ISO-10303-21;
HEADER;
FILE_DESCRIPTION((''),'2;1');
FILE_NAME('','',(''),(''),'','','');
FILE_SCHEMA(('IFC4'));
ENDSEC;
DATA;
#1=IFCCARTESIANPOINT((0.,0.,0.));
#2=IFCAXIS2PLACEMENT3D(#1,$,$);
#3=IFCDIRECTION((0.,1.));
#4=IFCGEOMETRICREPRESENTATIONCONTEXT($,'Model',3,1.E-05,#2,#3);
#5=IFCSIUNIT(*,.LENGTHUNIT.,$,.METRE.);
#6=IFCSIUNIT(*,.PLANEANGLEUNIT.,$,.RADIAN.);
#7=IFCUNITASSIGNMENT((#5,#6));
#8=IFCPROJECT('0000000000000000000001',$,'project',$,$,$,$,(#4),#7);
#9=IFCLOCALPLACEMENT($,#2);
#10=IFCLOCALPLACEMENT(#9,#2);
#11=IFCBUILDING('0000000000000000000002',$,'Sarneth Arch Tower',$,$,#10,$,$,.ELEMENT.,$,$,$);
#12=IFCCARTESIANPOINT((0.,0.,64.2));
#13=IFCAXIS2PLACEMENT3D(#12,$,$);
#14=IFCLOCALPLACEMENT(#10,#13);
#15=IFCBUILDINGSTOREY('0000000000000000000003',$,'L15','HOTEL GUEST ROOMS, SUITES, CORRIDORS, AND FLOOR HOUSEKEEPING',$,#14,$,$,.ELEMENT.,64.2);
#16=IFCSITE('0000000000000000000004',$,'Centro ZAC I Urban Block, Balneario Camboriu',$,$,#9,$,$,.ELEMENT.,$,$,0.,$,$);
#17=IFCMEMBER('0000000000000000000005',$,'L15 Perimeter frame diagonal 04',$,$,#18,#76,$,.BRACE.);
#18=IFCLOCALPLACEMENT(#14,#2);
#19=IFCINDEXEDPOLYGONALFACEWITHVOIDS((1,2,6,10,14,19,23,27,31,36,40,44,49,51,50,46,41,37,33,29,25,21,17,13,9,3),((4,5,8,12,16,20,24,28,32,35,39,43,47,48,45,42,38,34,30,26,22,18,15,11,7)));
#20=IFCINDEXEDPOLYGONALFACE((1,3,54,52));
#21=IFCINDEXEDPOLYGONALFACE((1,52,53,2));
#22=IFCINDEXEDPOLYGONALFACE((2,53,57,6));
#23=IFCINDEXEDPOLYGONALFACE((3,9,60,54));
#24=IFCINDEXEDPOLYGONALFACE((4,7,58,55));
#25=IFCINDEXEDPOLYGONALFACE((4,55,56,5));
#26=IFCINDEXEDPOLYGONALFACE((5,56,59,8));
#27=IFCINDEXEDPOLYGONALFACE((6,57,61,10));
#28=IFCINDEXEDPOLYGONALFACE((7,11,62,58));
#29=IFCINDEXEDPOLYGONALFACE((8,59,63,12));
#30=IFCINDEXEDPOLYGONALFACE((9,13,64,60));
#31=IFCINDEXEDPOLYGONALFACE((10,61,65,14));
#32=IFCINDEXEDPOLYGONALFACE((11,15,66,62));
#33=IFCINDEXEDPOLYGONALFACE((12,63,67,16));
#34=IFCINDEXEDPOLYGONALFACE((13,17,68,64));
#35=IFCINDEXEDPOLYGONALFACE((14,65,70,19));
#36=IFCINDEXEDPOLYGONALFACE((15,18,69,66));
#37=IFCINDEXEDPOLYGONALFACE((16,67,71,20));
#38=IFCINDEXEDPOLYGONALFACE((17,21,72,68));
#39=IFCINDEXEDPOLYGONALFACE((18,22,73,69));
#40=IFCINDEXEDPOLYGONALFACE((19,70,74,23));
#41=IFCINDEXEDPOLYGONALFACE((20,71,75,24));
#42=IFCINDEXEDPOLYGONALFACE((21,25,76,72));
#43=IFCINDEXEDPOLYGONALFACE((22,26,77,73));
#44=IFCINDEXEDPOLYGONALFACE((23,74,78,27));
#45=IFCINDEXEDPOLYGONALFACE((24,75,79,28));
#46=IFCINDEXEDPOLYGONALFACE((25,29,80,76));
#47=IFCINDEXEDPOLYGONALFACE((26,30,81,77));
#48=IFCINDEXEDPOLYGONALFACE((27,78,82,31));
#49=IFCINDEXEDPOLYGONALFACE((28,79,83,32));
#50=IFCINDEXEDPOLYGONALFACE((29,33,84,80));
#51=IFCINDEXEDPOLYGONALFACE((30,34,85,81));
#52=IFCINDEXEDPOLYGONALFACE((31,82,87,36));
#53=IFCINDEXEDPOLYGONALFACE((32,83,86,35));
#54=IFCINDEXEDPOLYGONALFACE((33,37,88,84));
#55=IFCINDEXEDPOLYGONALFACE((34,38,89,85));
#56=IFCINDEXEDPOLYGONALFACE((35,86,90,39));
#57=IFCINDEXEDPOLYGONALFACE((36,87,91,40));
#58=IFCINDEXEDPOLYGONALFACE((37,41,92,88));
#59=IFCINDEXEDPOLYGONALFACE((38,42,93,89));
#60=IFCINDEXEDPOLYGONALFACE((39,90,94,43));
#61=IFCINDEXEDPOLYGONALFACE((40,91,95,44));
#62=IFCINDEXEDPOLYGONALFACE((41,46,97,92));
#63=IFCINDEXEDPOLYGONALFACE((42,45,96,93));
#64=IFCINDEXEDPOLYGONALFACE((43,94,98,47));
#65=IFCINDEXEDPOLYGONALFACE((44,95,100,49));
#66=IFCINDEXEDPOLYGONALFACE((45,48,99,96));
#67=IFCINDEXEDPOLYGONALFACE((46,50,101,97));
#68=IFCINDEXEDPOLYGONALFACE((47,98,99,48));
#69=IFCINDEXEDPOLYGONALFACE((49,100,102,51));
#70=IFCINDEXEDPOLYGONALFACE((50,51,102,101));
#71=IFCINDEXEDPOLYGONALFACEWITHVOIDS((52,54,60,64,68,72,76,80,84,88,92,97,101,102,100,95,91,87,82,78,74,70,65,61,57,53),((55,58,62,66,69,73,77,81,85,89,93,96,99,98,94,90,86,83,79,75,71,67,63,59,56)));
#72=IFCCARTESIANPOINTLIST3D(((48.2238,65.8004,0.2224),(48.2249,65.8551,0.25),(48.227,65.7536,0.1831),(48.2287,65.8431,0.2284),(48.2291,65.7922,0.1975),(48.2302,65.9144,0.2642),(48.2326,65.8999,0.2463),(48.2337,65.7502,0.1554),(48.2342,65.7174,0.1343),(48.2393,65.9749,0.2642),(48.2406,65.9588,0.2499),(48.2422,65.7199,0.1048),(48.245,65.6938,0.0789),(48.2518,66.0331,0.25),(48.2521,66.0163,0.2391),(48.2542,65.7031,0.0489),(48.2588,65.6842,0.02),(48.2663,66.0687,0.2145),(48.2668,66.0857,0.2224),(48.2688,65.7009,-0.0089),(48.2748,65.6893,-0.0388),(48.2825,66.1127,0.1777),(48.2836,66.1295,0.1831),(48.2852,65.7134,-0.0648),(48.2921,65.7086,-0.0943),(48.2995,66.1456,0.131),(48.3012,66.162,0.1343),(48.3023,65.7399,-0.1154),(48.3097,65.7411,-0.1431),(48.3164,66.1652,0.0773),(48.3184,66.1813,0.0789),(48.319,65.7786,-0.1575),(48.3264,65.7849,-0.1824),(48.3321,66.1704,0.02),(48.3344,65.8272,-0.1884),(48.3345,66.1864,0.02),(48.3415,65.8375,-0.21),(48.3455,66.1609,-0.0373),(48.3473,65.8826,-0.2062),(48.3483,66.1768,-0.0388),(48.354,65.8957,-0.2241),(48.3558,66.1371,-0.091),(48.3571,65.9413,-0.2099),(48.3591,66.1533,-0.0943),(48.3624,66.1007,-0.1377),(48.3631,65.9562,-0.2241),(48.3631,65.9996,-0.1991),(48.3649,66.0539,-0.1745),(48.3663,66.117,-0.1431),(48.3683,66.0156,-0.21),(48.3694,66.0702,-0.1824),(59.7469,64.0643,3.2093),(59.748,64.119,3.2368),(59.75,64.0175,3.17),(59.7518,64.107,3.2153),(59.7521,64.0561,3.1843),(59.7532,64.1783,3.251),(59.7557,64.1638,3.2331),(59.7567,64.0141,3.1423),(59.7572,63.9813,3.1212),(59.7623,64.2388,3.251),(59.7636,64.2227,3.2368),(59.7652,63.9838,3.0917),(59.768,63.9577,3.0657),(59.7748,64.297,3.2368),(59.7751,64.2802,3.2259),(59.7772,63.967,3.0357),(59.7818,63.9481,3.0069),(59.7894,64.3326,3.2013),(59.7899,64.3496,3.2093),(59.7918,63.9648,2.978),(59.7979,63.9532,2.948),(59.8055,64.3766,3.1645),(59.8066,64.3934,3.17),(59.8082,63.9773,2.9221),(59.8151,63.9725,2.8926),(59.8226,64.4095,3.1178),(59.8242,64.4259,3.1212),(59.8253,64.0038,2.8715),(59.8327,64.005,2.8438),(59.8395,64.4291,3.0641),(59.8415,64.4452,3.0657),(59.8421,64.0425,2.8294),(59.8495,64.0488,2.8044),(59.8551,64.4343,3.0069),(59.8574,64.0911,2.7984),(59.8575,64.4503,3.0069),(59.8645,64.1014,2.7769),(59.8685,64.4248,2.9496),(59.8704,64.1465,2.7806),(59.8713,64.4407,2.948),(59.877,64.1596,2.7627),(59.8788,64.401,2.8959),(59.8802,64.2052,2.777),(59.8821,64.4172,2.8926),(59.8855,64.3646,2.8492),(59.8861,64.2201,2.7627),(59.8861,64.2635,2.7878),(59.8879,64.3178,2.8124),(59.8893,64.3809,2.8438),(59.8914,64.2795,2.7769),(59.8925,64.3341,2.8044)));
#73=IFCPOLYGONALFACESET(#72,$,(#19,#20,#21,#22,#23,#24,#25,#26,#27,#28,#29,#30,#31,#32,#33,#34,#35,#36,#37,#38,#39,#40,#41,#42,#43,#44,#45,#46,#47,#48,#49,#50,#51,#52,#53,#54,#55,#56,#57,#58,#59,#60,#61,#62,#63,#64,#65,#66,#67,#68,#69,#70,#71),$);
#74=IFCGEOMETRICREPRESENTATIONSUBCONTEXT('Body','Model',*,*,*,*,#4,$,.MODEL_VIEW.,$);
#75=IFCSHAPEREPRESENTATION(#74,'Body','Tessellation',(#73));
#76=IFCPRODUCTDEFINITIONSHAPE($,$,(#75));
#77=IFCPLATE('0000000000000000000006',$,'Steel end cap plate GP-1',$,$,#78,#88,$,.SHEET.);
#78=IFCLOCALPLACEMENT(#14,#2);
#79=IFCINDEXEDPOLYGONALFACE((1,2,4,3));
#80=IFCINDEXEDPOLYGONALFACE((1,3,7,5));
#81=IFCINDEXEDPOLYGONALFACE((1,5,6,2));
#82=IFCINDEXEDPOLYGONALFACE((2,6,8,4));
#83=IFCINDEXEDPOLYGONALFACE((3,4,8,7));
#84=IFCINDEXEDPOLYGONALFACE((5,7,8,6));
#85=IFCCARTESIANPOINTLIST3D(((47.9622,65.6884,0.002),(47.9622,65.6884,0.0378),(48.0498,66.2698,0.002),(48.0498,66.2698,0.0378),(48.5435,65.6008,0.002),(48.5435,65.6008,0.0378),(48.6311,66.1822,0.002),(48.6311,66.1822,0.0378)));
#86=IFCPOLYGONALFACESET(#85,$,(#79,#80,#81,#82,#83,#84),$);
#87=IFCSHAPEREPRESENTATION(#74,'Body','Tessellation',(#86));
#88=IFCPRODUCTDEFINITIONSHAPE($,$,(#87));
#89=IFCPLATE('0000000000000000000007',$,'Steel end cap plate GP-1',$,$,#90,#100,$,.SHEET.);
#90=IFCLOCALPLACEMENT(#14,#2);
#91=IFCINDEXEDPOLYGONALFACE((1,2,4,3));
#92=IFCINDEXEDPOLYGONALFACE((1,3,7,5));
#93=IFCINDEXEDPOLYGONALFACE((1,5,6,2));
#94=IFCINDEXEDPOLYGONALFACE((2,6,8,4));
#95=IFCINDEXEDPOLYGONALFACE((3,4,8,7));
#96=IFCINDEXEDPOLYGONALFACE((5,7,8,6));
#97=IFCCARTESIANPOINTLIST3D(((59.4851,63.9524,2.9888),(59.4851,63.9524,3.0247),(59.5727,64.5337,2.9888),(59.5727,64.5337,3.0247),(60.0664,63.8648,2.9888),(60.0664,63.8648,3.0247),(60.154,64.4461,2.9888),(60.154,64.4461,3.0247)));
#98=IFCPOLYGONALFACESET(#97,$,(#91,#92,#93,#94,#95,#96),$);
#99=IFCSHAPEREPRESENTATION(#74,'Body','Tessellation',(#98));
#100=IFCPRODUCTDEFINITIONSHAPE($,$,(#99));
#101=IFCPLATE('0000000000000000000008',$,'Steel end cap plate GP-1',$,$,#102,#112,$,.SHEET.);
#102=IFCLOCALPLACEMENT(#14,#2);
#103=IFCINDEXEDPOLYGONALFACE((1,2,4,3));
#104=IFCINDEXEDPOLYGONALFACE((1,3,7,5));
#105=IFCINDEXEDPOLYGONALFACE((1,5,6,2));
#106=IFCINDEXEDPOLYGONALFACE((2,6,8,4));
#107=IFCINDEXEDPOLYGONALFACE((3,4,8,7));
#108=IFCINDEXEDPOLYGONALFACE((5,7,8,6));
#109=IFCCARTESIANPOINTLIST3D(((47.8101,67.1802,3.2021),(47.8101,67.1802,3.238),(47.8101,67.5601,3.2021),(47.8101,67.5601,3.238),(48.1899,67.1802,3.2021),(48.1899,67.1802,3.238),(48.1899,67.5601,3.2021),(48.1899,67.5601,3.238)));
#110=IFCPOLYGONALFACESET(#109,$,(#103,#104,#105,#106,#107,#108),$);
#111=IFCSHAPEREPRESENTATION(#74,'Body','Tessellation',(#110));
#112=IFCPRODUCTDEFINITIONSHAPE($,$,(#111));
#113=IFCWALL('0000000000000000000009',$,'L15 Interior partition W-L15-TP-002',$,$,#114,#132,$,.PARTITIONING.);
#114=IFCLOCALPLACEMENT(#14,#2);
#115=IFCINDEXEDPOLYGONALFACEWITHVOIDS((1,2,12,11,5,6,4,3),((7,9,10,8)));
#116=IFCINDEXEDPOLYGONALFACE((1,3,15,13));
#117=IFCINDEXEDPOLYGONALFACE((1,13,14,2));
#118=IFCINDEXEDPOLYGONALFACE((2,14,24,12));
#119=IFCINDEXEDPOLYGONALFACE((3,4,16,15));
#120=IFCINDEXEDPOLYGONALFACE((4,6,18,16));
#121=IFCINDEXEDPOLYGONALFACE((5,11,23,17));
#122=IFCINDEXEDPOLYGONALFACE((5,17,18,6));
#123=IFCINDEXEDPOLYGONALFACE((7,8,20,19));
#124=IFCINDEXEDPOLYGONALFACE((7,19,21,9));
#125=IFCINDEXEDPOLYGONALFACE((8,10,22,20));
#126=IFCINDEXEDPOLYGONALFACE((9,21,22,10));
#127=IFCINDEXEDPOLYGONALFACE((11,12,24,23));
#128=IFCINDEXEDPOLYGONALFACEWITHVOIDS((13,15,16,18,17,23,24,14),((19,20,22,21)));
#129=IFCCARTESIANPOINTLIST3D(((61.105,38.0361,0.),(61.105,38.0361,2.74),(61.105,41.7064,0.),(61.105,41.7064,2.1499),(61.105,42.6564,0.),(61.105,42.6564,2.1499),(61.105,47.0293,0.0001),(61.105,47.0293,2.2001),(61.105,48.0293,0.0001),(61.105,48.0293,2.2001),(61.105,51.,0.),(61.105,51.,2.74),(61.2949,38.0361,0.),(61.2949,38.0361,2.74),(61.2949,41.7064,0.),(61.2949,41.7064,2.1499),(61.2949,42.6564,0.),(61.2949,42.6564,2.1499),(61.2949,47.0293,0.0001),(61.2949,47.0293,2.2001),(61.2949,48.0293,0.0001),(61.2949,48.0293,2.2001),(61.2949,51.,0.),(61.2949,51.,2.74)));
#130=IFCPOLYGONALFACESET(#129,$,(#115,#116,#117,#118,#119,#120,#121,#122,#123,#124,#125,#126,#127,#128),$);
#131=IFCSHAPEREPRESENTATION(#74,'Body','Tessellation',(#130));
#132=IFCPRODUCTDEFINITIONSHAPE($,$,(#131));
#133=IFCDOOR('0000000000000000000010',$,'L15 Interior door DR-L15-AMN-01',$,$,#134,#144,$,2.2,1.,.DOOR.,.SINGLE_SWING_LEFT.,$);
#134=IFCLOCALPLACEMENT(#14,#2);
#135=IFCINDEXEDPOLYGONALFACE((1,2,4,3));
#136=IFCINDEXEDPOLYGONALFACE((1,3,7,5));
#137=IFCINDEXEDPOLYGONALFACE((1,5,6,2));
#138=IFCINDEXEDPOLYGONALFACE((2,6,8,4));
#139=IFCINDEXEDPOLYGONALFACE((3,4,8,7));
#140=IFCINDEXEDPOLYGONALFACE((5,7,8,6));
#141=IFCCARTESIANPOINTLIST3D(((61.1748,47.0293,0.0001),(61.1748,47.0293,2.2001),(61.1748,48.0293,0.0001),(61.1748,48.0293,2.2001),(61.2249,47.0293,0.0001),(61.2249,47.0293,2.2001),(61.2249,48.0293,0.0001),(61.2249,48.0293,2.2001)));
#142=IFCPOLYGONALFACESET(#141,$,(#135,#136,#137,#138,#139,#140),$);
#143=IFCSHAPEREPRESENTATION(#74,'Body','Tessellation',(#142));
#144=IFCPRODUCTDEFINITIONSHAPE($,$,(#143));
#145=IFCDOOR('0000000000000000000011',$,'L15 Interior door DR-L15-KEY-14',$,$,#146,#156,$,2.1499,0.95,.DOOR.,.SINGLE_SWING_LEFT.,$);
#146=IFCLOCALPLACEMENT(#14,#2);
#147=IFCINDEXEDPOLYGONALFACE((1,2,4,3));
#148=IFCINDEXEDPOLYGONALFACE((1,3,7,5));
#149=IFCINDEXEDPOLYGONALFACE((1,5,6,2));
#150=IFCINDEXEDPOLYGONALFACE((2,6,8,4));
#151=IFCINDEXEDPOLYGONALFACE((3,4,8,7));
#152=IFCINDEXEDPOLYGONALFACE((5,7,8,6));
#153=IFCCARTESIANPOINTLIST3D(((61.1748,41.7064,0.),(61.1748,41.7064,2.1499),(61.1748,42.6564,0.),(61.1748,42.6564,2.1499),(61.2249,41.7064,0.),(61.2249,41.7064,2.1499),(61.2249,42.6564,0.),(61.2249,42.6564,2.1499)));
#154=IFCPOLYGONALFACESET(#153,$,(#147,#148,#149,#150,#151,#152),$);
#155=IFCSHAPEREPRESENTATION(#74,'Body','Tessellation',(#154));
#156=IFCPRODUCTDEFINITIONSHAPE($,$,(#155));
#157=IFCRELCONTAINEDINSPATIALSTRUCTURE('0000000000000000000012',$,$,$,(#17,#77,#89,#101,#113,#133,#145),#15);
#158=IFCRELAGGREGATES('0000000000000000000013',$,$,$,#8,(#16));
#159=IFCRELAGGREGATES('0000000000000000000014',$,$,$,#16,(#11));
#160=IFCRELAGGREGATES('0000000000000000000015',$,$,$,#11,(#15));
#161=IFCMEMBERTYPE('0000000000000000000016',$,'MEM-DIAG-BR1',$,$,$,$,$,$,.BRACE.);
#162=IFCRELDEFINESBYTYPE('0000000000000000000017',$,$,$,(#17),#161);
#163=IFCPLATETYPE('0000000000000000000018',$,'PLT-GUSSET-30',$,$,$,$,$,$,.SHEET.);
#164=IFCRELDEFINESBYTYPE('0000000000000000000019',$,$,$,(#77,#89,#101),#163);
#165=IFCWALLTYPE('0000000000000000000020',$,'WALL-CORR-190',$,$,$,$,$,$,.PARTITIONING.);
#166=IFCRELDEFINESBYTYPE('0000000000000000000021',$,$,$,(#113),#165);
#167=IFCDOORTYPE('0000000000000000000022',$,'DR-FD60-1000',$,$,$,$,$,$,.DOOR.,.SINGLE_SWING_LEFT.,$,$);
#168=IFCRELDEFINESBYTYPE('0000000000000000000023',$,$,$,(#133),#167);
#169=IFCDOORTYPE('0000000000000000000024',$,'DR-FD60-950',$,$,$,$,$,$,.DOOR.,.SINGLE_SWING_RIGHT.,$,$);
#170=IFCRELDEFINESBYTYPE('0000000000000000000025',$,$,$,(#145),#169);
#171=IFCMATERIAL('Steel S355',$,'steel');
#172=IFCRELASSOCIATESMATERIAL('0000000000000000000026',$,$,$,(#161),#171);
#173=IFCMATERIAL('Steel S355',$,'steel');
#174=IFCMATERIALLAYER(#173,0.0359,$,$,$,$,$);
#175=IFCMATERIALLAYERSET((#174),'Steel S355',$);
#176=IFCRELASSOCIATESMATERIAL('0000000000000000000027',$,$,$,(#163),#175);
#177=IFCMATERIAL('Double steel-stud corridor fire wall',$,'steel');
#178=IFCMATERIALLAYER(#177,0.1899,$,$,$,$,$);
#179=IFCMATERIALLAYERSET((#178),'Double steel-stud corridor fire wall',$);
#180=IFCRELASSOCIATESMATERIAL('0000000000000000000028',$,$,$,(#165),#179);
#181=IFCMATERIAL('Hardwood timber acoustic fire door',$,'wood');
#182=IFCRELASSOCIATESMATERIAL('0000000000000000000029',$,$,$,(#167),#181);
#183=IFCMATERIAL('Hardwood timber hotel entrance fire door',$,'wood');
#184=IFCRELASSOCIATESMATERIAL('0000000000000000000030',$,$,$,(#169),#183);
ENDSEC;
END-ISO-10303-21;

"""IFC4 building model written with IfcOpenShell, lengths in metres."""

from ifc_helpers import new_model, si_unit, direction, frame, frame_2d, origin, origin_2d, place, context, subcontext, project, spatial, rectangle, hollow_circle, extrude, material, layer, layer_set, material_profile, profile_set, type_object, element, fill, save


model = new_model("IFC4")

# Units and contexts
model_context = context("Model", 3, precision=1e-05, world=origin(), true_north=direction((0.0, 1.0)))
body_context = subcontext(model_context, "Body", "Model", "MODEL_VIEW")
ifc_project = project(units=[si_unit("LENGTHUNIT", "METRE"), si_unit("PLANEANGLEUNIT", "RADIAN")], contexts=[model_context])

# Site, building, storey
site_placement = place(None, origin())
site = spatial("IfcSite", under=ifc_project, at=site_placement, Name="Centro ZAC I Urban Block, Balneario Camboriu", CompositionType="ELEMENT", RefElevation=0.0)
building_placement = place(site_placement, origin())
building = spatial("IfcBuilding", under=site, at=building_placement, Name="Sarneth Arch Tower", CompositionType="ELEMENT")
storey_placement = place(building_placement, frame((0.0, 0.0, 64.2)))
storey = spatial("IfcBuildingStorey", under=building, at=storey_placement, Name="L15", Description="HOTEL GUEST ROOMS, SUITES, CORRIDORS, AND FLOOR HOUSEKEEPING", CompositionType="ELEMENT", Elevation=64.2)

# Member
ifc_material_1 = material(Name="Steel S355", Category="steel")
ifc_material_profile_1 = material_profile(ifc_material_1, hollow_circle(Radius=0.2539, WallThickness=0.0161, at=origin_2d()), Name="CHS508x16")
ifc_profile_set_1 = profile_set([ifc_material_profile_1], Name="Steel S355")
member_type_1 = type_object("IfcMemberType", Name="MEM-DIAG-BR1", PredefinedType="BRACE", material=ifc_profile_set_1)
member_1_placement = place(storey_placement, frame((48.2966, 65.9353, 0.02), z_axis=(0.957876, -0.144317, 0.248287), x_axis=(0.148982, 0.98884, 0.0)))
element("IfcMember", 1, at=member_1_placement, inside=storey, type_object=member_type_1, Name="L15 Perimeter frame diagonal 04", PredefinedType="BRACE", context=body_context, shape_type="SweptSolid", body=[
    extrude(hollow_circle(Radius=0.2539, WallThickness=0.0161, at=origin_2d()), origin(), (0.0, 0.0, 1.0), 12.0298),
])

# Plates
ifc_material_2 = material(Name="Steel S355", Category="steel")
ifc_layer_1 = layer(ifc_material_2, 0.0359)
ifc_layer_set_1 = layer_set([ifc_layer_1], Name="Steel S355")
plate_type = type_object("IfcPlateType", Name="PLT-GUSSET-30", PredefinedType="SHEET", material=ifc_layer_set_1)
for number, where, z_axis, x_axis, name in (
    (2, (48.2966, 65.9353, 0.002), (0.0, 0.0, 1.0), (-0.988835, 0.149018, 0.0), "Steel end cap plate GP-1"),
    (3, (59.8196, 64.1992, 2.9888), (0.0, 0.0, 1.0), (-0.988835, 0.149018, 0.0), "Steel end cap plate GP-1"),
):
    element("IfcPlate", number, at=place(storey_placement, frame(where, z_axis=z_axis, x_axis=x_axis)), inside=storey, type_object=plate_type, Name=name, PredefinedType="SHEET", context=body_context, shape_type="SweptSolid", body=[
        extrude(rectangle(XDim=0.5879, YDim=0.5879, at=origin_2d()), origin(), (0.0, 0.0, 1.0), 0.0359),
    ])
plate_placement = place(storey_placement, frame((48.0, 67.3701, 3.2021), z_axis=(0.0, 0.0, 1.0), x_axis=(0.0, 1.0, 0.0)))
element("IfcPlate", 4, at=plate_placement, inside=storey, type_object=plate_type, Name="Steel end cap plate GP-1", PredefinedType="SHEET", context=body_context, shape_type="SweptSolid", body=[
    extrude(rectangle(XDim=0.3799, YDim=0.3799, at=origin_2d()), origin(), (0.0, 0.0, 1.0), 0.0359),
])

# Wall, openings, doors
ifc_material_3 = material(Name="Double steel-stud corridor fire wall", Category="steel")
ifc_layer_2 = layer(ifc_material_3, 0.1899)
ifc_layer_set_2 = layer_set([ifc_layer_2], Name="Double steel-stud corridor fire wall")
wall_type_1 = type_object("IfcWallType", Name="WALL-CORR-190", PredefinedType="PARTITIONING", material=ifc_layer_set_2)
wall_1_placement = place(storey_placement, frame((61.2, 51.0, 0.0), z_axis=(0.0, 0.0, 1.0), x_axis=(0.0, -1.0, 0.0)))
wall_1 = element("IfcWall", 5, at=wall_1_placement, inside=storey, type_object=wall_type_1, Name="L15 Interior partition W-L15-TP-002", PredefinedType="PARTITIONING", context=body_context, shape_type="SweptSolid", body=[
    extrude(rectangle(XDim=12.9639, YDim=0.1899, at=frame_2d((6.4819, 0.0))), origin(), (0.0, 0.0, 1.0), 2.74),
])
opening_1_placement = place(wall_1_placement, frame((2.9707, 0.0, 0.0)))
opening_1 = element("IfcOpeningElement", 6, at=opening_1_placement, cuts=wall_1, PredefinedType="OPENING", context=body_context, shape_type="SweptSolid", body=[
    extrude(rectangle(XDim=1.0, YDim=2.2, at=frame_2d((0.5, 1.1001))), frame((0.0, 0.105, 0.0), z_axis=(0.0, -1.0, 0.0), x_axis=(1.0, 0.0, 0.0)), (0.0, 0.0, 1.0), 0.21),
])
opening_2_placement = place(wall_1_placement, frame((8.3435, 0.0, 0.0)))
opening_2 = element("IfcOpeningElement", 7, at=opening_2_placement, cuts=wall_1, PredefinedType="OPENING", context=body_context, shape_type="SweptSolid", body=[
    extrude(rectangle(XDim=0.95, YDim=2.1499, at=frame_2d((0.4751, 1.075))), frame((0.0, 0.105, 0.0), z_axis=(0.0, -1.0, 0.0), x_axis=(1.0, 0.0, 0.0)), (0.0, 0.0, 1.0), 0.21),
])
ifc_material_4 = material(Name="Hardwood timber acoustic fire door", Category="wood")
door_type_1 = type_object("IfcDoorType", Name="DR-FD60-1000", OperationType="SINGLE_SWING_LEFT", PredefinedType="DOOR", material=ifc_material_4)
door_1_placement = place(opening_1_placement, origin())
door_1 = element("IfcDoor", 8, at=door_1_placement, inside=storey, type_object=door_type_1, Name="L15 Interior door DR-L15-AMN-01", OperationType="SINGLE_SWING_LEFT", OverallHeight=2.2, OverallWidth=1.0, PredefinedType="DOOR", context=body_context, shape_type="SweptSolid", body=[
    extrude(rectangle(XDim=1.0, YDim=2.2, at=frame_2d((0.5, 1.1001))), frame((0.0, 0.0249, 0.0), z_axis=(0.0, -1.0, 0.0), x_axis=(1.0, 0.0, 0.0)), (0.0, 0.0, 1.0), 0.05),
])
fill(opening_1, door_1)
ifc_material_5 = material(Name="Hardwood timber hotel entrance fire door", Category="wood")
door_type_2 = type_object("IfcDoorType", Name="DR-FD60-950", OperationType="SINGLE_SWING_RIGHT", PredefinedType="DOOR", material=ifc_material_5)
door_2_placement = place(opening_2_placement, origin())
door_2 = element("IfcDoor", 9, at=door_2_placement, inside=storey, type_object=door_type_2, Name="L15 Interior door DR-L15-KEY-14", OperationType="SINGLE_SWING_LEFT", OverallHeight=2.1499, OverallWidth=0.95, PredefinedType="DOOR", context=body_context, shape_type="SweptSolid", body=[
    extrude(rectangle(XDim=0.95, YDim=2.1499, at=frame_2d((0.4751, 1.075))), frame((0.0, 0.0249, 0.0), z_axis=(0.0, -1.0, 0.0), x_axis=(1.0, 0.0, 0.0)), (0.0, 0.0, 1.0), 0.05),
])
fill(opening_2, door_2)

save(model, "model.ifc")
